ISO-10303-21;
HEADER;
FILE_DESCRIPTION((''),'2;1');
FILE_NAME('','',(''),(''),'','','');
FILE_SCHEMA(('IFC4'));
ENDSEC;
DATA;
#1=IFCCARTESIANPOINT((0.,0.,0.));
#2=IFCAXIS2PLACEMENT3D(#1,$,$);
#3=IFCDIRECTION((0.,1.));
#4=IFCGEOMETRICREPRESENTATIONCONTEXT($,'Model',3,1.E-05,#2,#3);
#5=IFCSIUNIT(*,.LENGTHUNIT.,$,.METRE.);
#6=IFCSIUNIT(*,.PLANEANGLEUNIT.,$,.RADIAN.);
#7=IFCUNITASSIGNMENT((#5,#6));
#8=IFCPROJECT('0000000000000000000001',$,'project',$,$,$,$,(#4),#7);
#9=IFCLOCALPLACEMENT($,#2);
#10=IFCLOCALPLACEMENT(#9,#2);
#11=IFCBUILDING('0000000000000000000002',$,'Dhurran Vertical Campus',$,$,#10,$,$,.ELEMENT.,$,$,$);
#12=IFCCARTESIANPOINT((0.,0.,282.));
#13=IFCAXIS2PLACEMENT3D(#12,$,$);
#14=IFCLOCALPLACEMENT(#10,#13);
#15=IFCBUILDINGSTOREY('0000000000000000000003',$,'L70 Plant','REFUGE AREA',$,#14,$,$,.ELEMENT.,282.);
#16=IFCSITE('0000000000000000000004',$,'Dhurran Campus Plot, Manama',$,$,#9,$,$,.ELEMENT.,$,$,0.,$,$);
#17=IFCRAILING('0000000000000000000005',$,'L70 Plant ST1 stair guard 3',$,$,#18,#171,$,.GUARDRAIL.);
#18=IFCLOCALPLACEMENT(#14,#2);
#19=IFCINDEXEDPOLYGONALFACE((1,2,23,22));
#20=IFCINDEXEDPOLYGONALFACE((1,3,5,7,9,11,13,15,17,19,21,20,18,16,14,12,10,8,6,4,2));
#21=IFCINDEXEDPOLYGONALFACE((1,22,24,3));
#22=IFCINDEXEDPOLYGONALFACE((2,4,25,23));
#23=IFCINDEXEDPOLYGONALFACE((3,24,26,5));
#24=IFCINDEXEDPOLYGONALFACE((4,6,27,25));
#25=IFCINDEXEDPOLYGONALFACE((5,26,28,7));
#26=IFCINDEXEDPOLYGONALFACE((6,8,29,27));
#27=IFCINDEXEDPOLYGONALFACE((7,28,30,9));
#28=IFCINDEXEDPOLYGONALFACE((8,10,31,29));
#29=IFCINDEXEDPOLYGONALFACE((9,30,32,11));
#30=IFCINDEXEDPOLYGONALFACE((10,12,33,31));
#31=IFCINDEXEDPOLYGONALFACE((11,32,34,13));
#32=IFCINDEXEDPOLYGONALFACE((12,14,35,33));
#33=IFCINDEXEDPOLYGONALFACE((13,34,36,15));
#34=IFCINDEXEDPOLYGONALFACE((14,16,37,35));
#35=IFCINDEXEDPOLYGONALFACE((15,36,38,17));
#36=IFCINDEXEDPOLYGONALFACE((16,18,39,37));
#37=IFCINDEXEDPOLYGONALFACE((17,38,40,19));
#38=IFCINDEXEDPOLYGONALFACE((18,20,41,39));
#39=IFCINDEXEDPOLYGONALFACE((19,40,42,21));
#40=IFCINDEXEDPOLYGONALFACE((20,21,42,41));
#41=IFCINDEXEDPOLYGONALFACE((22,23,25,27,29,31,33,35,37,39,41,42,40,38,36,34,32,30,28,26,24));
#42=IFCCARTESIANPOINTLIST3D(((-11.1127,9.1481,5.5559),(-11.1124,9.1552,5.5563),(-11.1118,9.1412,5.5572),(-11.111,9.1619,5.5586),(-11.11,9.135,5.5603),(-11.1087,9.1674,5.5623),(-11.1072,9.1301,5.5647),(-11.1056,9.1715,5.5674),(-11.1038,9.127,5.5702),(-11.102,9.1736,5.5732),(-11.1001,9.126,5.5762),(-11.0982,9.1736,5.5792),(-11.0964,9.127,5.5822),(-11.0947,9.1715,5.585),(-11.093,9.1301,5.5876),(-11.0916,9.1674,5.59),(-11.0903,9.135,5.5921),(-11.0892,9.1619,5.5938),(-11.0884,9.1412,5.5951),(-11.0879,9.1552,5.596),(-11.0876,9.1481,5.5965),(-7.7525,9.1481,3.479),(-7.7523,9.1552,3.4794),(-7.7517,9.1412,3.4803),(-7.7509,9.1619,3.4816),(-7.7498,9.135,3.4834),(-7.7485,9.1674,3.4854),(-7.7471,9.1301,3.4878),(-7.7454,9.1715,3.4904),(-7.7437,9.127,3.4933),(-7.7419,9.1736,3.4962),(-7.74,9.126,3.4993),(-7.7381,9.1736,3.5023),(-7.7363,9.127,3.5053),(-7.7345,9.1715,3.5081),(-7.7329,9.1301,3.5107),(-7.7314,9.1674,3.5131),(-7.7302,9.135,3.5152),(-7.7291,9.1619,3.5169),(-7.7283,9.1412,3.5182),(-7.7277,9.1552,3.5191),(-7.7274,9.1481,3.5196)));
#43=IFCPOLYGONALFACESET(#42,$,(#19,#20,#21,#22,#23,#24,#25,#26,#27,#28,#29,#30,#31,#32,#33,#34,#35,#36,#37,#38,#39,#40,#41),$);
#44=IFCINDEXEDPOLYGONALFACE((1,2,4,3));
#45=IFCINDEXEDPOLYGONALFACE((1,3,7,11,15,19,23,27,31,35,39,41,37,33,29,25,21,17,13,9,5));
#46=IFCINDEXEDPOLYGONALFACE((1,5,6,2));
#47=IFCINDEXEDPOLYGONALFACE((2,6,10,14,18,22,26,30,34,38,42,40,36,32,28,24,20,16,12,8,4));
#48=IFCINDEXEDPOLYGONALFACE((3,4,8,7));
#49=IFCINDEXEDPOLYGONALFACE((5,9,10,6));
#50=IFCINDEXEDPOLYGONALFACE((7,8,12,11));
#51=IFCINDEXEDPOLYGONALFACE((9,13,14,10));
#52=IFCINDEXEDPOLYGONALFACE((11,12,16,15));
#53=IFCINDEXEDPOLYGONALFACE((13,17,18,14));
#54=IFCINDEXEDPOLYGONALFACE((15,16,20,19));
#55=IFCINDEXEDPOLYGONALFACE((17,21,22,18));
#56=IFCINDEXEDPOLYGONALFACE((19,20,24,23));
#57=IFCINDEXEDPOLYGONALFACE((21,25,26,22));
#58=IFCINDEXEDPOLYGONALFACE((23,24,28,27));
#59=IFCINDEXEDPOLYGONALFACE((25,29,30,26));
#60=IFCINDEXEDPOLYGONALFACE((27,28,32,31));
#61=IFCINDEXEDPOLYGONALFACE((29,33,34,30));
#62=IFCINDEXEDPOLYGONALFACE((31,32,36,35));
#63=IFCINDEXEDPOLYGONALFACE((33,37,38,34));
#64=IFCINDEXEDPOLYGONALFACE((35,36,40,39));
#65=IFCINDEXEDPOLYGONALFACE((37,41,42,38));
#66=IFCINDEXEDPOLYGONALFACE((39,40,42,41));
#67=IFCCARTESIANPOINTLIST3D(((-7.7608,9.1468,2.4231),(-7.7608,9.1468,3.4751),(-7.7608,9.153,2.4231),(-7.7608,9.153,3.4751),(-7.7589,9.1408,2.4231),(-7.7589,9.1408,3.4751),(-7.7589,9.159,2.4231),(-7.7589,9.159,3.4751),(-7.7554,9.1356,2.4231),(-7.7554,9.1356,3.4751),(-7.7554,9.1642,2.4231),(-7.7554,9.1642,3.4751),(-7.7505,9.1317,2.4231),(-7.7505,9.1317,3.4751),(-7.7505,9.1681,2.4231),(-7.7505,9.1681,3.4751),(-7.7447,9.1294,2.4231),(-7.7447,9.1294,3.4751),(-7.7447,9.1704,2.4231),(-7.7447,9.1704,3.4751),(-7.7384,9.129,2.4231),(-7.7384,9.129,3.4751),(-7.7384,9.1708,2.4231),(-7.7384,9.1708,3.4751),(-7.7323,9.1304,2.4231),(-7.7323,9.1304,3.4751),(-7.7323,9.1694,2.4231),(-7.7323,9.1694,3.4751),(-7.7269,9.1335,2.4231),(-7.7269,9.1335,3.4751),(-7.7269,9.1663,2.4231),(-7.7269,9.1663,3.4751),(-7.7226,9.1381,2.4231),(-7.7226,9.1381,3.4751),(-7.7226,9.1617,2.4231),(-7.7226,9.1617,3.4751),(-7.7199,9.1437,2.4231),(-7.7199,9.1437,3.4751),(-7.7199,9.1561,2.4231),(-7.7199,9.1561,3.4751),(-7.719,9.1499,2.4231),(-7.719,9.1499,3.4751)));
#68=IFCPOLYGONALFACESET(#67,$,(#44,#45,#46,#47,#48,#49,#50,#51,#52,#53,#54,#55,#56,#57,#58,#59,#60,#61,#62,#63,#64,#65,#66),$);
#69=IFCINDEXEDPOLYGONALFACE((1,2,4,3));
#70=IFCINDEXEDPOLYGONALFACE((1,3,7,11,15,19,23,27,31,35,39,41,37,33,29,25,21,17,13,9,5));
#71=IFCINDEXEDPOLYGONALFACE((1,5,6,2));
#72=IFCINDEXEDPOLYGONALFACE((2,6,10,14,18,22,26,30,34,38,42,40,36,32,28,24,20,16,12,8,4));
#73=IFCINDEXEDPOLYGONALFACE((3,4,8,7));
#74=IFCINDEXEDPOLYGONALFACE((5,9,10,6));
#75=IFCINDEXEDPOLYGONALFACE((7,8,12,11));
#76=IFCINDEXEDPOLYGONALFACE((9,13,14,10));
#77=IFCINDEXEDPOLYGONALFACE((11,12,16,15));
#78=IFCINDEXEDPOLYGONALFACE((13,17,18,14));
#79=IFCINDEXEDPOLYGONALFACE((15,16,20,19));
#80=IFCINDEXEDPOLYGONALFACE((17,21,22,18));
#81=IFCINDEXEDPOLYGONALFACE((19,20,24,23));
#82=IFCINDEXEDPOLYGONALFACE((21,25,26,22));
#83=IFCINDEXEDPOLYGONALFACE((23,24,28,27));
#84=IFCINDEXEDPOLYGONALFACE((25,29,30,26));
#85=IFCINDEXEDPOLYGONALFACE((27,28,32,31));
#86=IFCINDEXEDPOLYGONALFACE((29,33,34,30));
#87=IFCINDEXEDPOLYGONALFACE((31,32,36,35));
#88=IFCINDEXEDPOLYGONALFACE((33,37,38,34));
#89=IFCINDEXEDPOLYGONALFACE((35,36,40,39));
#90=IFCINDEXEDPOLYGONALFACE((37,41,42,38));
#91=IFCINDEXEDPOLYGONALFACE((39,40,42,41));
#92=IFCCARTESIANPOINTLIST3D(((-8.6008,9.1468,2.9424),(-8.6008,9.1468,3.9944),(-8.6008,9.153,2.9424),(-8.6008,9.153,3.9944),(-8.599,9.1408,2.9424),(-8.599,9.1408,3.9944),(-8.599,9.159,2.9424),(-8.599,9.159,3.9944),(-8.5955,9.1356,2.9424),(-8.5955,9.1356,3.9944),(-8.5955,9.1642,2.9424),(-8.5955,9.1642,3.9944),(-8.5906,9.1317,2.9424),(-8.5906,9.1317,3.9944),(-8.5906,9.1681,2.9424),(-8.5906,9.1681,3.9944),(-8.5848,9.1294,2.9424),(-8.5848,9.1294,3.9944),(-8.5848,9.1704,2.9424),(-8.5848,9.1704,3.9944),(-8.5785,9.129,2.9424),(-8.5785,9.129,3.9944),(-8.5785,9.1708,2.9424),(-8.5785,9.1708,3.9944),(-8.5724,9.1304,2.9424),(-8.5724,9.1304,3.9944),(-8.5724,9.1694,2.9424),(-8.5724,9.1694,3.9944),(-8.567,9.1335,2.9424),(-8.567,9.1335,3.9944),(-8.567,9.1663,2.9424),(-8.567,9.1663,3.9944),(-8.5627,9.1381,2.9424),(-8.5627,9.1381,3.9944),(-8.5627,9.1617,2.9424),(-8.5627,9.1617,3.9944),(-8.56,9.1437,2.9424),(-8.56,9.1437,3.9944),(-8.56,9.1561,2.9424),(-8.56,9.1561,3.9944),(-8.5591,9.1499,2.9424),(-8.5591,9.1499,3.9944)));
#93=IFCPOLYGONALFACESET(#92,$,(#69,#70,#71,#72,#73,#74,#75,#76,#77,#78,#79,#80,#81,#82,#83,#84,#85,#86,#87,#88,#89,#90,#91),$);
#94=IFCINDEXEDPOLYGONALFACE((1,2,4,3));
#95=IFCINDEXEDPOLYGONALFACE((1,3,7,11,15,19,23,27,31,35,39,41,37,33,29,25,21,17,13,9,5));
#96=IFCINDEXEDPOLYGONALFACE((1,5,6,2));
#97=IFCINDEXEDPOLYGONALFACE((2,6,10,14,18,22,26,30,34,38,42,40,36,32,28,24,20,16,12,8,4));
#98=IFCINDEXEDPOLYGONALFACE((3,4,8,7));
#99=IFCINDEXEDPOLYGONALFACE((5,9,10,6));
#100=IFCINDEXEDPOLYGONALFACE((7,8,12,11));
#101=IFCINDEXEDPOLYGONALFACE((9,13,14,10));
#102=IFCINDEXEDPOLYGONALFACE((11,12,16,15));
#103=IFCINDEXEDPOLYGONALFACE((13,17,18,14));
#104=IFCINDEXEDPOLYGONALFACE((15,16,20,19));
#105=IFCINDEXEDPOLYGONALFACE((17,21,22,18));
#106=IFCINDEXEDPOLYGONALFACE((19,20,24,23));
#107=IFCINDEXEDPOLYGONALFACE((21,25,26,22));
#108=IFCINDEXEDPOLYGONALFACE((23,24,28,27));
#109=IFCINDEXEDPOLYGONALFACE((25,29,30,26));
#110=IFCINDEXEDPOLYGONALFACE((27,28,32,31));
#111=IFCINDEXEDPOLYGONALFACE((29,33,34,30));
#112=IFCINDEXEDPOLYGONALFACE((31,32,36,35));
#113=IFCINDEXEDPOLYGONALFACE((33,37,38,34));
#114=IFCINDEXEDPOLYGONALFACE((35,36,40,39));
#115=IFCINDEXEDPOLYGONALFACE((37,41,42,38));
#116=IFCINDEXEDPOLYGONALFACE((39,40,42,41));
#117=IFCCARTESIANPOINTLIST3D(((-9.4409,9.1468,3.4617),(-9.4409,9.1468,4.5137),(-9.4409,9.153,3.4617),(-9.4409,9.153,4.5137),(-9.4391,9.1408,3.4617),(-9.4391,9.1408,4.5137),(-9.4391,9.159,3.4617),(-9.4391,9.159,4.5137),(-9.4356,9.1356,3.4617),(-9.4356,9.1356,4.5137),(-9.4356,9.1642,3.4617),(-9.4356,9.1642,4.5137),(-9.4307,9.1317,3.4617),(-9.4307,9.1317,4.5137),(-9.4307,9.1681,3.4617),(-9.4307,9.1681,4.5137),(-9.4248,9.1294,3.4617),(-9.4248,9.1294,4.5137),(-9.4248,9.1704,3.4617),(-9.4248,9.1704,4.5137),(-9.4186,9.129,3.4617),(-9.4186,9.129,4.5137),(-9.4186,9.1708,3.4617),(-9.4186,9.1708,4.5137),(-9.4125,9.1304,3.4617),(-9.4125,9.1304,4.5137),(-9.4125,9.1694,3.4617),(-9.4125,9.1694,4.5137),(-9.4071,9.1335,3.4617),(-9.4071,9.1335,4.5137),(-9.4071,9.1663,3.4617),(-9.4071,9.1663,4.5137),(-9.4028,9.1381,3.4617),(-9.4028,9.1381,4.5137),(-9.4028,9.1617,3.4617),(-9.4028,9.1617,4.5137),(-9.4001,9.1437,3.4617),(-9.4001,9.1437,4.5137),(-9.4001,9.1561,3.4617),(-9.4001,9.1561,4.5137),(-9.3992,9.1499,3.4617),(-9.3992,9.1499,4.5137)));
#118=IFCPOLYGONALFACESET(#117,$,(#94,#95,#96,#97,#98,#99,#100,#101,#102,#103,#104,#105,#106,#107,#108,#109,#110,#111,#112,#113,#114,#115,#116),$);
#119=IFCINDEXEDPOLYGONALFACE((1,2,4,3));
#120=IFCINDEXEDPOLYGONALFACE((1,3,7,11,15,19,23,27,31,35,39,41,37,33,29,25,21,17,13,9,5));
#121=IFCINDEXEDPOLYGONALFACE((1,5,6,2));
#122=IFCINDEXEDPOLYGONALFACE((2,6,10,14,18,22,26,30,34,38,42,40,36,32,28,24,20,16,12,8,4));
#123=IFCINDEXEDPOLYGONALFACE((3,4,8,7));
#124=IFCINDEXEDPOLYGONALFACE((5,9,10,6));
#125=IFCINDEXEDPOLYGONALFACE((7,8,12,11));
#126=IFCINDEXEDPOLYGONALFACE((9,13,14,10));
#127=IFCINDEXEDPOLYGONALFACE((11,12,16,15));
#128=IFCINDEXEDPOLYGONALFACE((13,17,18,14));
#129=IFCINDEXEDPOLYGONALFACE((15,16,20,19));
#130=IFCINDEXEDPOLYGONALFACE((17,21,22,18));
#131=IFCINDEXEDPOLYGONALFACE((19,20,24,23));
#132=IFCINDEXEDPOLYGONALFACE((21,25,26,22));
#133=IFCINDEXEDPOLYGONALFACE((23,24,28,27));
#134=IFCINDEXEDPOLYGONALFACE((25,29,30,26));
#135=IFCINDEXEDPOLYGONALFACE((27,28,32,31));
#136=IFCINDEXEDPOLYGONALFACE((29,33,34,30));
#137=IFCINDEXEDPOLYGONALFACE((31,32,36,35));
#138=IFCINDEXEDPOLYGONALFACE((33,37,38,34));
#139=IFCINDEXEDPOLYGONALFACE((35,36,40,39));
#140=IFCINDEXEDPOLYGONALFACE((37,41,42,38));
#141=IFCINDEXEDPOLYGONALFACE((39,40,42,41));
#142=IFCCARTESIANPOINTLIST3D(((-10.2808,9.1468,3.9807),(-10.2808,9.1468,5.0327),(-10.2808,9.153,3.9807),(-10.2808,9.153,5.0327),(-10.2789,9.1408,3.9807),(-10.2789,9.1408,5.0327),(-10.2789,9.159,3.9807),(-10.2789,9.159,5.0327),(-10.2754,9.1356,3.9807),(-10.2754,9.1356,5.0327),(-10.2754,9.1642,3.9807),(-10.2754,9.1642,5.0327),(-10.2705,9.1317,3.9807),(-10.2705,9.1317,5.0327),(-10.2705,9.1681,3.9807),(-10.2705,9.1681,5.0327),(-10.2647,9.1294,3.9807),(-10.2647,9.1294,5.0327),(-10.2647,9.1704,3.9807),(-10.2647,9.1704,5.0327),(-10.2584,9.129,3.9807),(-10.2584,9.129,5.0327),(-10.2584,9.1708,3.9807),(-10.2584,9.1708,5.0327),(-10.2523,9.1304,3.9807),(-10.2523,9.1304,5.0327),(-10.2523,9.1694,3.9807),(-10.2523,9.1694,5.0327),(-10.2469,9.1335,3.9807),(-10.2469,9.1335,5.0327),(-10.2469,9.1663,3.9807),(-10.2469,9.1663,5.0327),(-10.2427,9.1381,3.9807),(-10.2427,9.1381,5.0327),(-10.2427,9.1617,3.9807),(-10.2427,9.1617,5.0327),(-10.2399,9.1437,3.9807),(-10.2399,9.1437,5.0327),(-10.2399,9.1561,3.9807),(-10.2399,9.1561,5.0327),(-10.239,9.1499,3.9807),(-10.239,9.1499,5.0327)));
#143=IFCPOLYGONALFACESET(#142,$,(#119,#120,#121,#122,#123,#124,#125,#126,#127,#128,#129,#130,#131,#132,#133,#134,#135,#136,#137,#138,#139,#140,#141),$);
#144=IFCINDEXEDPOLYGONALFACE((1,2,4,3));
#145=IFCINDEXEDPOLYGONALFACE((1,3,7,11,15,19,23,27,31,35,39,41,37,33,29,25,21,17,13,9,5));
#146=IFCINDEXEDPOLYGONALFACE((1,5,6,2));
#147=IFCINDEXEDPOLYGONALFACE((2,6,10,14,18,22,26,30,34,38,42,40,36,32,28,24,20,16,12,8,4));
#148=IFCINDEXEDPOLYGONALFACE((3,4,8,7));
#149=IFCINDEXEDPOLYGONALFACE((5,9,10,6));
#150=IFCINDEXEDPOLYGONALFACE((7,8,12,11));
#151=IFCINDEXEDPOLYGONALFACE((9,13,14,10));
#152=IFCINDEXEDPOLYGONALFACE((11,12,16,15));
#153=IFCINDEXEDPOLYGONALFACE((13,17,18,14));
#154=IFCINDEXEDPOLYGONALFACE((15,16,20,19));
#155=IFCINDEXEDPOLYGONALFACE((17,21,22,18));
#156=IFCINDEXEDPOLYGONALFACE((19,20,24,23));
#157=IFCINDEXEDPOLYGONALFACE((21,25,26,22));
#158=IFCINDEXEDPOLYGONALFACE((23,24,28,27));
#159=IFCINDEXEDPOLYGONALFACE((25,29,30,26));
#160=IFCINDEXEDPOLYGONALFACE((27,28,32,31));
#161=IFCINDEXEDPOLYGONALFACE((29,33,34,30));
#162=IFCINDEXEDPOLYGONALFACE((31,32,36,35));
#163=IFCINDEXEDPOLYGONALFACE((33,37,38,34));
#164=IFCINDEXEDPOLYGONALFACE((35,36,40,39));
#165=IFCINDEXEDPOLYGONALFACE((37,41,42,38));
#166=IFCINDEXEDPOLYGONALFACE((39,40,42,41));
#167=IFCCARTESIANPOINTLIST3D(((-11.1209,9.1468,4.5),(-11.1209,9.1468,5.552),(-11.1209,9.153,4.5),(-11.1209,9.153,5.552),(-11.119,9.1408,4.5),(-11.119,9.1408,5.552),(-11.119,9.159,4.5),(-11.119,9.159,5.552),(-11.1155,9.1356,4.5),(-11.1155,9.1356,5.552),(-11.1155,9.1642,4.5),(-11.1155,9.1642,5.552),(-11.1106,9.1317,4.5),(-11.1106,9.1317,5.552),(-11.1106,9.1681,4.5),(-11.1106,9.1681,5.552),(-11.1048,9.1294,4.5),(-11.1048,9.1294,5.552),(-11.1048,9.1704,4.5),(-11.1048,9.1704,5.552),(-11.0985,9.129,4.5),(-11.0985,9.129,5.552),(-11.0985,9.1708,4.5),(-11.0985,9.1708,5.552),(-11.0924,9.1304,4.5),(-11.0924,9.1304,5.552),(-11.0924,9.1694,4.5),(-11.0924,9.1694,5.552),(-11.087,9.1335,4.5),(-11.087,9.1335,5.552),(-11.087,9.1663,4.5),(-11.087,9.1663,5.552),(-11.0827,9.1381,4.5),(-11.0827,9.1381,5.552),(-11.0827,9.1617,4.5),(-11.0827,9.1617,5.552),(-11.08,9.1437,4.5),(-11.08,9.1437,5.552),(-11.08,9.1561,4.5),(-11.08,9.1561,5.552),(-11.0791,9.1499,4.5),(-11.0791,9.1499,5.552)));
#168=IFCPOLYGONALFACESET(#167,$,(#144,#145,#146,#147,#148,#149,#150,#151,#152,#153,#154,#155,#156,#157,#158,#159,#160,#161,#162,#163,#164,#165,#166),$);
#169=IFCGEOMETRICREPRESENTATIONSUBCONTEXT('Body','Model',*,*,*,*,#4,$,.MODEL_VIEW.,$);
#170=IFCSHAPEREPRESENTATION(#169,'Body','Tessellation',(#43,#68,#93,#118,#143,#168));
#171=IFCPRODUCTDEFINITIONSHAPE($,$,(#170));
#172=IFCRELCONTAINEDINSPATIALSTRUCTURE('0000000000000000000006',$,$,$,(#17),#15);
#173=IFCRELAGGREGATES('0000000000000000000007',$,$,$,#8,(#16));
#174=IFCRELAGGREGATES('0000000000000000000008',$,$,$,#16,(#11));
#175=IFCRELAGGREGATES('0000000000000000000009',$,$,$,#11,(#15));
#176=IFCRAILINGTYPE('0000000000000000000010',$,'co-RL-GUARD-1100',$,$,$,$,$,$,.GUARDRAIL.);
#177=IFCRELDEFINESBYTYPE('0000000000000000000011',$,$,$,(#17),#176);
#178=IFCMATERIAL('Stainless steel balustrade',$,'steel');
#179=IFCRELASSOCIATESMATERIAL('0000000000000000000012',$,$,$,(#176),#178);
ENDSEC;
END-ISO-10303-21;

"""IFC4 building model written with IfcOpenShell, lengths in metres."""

from ifc_helpers import new_model, si_unit, direction, frame, origin, origin_2d, place, context, subcontext, project, spatial, circle, extrude, material, type_object, element, save


model = new_model("IFC4")

# Units and contexts
model_context = context("Model", 3, precision=1e-05, world=origin(), true_north=direction((0.0, 1.0)))
body_context = subcontext(model_context, "Body", "Model", "MODEL_VIEW")
ifc_project = project(units=[si_unit("LENGTHUNIT", "METRE"), si_unit("PLANEANGLEUNIT", "RADIAN")], contexts=[model_context])

# Site, building, storey
site_placement = place(None, origin())
site = spatial("IfcSite", under=ifc_project, at=site_placement, Name="Dhurran Campus Plot, Manama", CompositionType="ELEMENT", RefElevation=0.0)
building_placement = place(site_placement, origin())
building = spatial("IfcBuilding", under=site, at=building_placement, Name="Dhurran Vertical Campus", CompositionType="ELEMENT")
storey_placement = place(building_placement, frame((0.0, 0.0, 282.0)))
storey = spatial("IfcBuildingStorey", under=building, at=storey_placement, Name="L70 Plant", Description="REFUGE AREA", CompositionType="ELEMENT", Elevation=282.0)

# Railing
ifc_material_1 = material(Name="Stainless steel balustrade", Category="steel")
railing_type_1 = type_object("IfcRailingType", Name="co-RL-GUARD-1100", PredefinedType="GUARDRAIL", material=ifc_material_1)
railing_1_placement = place(storey_placement, frame((-7.74, 9.1499, 2.4231)))
element("IfcRailing", 1, at=railing_1_placement, inside=storey, type_object=railing_type_1, Name="L70 Plant ST1 stair guard 3", PredefinedType="GUARDRAIL", context=body_context, shape_type="SweptSolid", body=[
    extrude(circle(Radius=0.0239, at=origin_2d()), frame((0.0, 0.0, 1.0762), z_axis=(-0.850623, 0.0, 0.525776), x_axis=(0.0, -1.0, 0.0)), (0.0, 0.0, 1.0), 3.9502),
    extrude(circle(Radius=0.021, at=origin_2d()), origin(), (0.0, 0.0, 1.0), 1.052),
    extrude(circle(Radius=0.021, at=origin_2d()), frame((-0.8401, 0.0, 0.5193)), (0.0, 0.0, 1.0), 1.052),
    extrude(circle(Radius=0.021, at=origin_2d()), frame((-1.6802, 0.0, 1.0386)), (0.0, 0.0, 1.0), 1.052),
    extrude(circle(Radius=0.021, at=origin_2d()), frame((-2.52, 0.0, 1.5576)), (0.0, 0.0, 1.0), 1.052),
    extrude(circle(Radius=0.021, at=origin_2d()), frame((-3.3601, 0.0, 2.0769)), (0.0, 0.0, 1.0), 1.052),
])

save(model, "model.ifc")
